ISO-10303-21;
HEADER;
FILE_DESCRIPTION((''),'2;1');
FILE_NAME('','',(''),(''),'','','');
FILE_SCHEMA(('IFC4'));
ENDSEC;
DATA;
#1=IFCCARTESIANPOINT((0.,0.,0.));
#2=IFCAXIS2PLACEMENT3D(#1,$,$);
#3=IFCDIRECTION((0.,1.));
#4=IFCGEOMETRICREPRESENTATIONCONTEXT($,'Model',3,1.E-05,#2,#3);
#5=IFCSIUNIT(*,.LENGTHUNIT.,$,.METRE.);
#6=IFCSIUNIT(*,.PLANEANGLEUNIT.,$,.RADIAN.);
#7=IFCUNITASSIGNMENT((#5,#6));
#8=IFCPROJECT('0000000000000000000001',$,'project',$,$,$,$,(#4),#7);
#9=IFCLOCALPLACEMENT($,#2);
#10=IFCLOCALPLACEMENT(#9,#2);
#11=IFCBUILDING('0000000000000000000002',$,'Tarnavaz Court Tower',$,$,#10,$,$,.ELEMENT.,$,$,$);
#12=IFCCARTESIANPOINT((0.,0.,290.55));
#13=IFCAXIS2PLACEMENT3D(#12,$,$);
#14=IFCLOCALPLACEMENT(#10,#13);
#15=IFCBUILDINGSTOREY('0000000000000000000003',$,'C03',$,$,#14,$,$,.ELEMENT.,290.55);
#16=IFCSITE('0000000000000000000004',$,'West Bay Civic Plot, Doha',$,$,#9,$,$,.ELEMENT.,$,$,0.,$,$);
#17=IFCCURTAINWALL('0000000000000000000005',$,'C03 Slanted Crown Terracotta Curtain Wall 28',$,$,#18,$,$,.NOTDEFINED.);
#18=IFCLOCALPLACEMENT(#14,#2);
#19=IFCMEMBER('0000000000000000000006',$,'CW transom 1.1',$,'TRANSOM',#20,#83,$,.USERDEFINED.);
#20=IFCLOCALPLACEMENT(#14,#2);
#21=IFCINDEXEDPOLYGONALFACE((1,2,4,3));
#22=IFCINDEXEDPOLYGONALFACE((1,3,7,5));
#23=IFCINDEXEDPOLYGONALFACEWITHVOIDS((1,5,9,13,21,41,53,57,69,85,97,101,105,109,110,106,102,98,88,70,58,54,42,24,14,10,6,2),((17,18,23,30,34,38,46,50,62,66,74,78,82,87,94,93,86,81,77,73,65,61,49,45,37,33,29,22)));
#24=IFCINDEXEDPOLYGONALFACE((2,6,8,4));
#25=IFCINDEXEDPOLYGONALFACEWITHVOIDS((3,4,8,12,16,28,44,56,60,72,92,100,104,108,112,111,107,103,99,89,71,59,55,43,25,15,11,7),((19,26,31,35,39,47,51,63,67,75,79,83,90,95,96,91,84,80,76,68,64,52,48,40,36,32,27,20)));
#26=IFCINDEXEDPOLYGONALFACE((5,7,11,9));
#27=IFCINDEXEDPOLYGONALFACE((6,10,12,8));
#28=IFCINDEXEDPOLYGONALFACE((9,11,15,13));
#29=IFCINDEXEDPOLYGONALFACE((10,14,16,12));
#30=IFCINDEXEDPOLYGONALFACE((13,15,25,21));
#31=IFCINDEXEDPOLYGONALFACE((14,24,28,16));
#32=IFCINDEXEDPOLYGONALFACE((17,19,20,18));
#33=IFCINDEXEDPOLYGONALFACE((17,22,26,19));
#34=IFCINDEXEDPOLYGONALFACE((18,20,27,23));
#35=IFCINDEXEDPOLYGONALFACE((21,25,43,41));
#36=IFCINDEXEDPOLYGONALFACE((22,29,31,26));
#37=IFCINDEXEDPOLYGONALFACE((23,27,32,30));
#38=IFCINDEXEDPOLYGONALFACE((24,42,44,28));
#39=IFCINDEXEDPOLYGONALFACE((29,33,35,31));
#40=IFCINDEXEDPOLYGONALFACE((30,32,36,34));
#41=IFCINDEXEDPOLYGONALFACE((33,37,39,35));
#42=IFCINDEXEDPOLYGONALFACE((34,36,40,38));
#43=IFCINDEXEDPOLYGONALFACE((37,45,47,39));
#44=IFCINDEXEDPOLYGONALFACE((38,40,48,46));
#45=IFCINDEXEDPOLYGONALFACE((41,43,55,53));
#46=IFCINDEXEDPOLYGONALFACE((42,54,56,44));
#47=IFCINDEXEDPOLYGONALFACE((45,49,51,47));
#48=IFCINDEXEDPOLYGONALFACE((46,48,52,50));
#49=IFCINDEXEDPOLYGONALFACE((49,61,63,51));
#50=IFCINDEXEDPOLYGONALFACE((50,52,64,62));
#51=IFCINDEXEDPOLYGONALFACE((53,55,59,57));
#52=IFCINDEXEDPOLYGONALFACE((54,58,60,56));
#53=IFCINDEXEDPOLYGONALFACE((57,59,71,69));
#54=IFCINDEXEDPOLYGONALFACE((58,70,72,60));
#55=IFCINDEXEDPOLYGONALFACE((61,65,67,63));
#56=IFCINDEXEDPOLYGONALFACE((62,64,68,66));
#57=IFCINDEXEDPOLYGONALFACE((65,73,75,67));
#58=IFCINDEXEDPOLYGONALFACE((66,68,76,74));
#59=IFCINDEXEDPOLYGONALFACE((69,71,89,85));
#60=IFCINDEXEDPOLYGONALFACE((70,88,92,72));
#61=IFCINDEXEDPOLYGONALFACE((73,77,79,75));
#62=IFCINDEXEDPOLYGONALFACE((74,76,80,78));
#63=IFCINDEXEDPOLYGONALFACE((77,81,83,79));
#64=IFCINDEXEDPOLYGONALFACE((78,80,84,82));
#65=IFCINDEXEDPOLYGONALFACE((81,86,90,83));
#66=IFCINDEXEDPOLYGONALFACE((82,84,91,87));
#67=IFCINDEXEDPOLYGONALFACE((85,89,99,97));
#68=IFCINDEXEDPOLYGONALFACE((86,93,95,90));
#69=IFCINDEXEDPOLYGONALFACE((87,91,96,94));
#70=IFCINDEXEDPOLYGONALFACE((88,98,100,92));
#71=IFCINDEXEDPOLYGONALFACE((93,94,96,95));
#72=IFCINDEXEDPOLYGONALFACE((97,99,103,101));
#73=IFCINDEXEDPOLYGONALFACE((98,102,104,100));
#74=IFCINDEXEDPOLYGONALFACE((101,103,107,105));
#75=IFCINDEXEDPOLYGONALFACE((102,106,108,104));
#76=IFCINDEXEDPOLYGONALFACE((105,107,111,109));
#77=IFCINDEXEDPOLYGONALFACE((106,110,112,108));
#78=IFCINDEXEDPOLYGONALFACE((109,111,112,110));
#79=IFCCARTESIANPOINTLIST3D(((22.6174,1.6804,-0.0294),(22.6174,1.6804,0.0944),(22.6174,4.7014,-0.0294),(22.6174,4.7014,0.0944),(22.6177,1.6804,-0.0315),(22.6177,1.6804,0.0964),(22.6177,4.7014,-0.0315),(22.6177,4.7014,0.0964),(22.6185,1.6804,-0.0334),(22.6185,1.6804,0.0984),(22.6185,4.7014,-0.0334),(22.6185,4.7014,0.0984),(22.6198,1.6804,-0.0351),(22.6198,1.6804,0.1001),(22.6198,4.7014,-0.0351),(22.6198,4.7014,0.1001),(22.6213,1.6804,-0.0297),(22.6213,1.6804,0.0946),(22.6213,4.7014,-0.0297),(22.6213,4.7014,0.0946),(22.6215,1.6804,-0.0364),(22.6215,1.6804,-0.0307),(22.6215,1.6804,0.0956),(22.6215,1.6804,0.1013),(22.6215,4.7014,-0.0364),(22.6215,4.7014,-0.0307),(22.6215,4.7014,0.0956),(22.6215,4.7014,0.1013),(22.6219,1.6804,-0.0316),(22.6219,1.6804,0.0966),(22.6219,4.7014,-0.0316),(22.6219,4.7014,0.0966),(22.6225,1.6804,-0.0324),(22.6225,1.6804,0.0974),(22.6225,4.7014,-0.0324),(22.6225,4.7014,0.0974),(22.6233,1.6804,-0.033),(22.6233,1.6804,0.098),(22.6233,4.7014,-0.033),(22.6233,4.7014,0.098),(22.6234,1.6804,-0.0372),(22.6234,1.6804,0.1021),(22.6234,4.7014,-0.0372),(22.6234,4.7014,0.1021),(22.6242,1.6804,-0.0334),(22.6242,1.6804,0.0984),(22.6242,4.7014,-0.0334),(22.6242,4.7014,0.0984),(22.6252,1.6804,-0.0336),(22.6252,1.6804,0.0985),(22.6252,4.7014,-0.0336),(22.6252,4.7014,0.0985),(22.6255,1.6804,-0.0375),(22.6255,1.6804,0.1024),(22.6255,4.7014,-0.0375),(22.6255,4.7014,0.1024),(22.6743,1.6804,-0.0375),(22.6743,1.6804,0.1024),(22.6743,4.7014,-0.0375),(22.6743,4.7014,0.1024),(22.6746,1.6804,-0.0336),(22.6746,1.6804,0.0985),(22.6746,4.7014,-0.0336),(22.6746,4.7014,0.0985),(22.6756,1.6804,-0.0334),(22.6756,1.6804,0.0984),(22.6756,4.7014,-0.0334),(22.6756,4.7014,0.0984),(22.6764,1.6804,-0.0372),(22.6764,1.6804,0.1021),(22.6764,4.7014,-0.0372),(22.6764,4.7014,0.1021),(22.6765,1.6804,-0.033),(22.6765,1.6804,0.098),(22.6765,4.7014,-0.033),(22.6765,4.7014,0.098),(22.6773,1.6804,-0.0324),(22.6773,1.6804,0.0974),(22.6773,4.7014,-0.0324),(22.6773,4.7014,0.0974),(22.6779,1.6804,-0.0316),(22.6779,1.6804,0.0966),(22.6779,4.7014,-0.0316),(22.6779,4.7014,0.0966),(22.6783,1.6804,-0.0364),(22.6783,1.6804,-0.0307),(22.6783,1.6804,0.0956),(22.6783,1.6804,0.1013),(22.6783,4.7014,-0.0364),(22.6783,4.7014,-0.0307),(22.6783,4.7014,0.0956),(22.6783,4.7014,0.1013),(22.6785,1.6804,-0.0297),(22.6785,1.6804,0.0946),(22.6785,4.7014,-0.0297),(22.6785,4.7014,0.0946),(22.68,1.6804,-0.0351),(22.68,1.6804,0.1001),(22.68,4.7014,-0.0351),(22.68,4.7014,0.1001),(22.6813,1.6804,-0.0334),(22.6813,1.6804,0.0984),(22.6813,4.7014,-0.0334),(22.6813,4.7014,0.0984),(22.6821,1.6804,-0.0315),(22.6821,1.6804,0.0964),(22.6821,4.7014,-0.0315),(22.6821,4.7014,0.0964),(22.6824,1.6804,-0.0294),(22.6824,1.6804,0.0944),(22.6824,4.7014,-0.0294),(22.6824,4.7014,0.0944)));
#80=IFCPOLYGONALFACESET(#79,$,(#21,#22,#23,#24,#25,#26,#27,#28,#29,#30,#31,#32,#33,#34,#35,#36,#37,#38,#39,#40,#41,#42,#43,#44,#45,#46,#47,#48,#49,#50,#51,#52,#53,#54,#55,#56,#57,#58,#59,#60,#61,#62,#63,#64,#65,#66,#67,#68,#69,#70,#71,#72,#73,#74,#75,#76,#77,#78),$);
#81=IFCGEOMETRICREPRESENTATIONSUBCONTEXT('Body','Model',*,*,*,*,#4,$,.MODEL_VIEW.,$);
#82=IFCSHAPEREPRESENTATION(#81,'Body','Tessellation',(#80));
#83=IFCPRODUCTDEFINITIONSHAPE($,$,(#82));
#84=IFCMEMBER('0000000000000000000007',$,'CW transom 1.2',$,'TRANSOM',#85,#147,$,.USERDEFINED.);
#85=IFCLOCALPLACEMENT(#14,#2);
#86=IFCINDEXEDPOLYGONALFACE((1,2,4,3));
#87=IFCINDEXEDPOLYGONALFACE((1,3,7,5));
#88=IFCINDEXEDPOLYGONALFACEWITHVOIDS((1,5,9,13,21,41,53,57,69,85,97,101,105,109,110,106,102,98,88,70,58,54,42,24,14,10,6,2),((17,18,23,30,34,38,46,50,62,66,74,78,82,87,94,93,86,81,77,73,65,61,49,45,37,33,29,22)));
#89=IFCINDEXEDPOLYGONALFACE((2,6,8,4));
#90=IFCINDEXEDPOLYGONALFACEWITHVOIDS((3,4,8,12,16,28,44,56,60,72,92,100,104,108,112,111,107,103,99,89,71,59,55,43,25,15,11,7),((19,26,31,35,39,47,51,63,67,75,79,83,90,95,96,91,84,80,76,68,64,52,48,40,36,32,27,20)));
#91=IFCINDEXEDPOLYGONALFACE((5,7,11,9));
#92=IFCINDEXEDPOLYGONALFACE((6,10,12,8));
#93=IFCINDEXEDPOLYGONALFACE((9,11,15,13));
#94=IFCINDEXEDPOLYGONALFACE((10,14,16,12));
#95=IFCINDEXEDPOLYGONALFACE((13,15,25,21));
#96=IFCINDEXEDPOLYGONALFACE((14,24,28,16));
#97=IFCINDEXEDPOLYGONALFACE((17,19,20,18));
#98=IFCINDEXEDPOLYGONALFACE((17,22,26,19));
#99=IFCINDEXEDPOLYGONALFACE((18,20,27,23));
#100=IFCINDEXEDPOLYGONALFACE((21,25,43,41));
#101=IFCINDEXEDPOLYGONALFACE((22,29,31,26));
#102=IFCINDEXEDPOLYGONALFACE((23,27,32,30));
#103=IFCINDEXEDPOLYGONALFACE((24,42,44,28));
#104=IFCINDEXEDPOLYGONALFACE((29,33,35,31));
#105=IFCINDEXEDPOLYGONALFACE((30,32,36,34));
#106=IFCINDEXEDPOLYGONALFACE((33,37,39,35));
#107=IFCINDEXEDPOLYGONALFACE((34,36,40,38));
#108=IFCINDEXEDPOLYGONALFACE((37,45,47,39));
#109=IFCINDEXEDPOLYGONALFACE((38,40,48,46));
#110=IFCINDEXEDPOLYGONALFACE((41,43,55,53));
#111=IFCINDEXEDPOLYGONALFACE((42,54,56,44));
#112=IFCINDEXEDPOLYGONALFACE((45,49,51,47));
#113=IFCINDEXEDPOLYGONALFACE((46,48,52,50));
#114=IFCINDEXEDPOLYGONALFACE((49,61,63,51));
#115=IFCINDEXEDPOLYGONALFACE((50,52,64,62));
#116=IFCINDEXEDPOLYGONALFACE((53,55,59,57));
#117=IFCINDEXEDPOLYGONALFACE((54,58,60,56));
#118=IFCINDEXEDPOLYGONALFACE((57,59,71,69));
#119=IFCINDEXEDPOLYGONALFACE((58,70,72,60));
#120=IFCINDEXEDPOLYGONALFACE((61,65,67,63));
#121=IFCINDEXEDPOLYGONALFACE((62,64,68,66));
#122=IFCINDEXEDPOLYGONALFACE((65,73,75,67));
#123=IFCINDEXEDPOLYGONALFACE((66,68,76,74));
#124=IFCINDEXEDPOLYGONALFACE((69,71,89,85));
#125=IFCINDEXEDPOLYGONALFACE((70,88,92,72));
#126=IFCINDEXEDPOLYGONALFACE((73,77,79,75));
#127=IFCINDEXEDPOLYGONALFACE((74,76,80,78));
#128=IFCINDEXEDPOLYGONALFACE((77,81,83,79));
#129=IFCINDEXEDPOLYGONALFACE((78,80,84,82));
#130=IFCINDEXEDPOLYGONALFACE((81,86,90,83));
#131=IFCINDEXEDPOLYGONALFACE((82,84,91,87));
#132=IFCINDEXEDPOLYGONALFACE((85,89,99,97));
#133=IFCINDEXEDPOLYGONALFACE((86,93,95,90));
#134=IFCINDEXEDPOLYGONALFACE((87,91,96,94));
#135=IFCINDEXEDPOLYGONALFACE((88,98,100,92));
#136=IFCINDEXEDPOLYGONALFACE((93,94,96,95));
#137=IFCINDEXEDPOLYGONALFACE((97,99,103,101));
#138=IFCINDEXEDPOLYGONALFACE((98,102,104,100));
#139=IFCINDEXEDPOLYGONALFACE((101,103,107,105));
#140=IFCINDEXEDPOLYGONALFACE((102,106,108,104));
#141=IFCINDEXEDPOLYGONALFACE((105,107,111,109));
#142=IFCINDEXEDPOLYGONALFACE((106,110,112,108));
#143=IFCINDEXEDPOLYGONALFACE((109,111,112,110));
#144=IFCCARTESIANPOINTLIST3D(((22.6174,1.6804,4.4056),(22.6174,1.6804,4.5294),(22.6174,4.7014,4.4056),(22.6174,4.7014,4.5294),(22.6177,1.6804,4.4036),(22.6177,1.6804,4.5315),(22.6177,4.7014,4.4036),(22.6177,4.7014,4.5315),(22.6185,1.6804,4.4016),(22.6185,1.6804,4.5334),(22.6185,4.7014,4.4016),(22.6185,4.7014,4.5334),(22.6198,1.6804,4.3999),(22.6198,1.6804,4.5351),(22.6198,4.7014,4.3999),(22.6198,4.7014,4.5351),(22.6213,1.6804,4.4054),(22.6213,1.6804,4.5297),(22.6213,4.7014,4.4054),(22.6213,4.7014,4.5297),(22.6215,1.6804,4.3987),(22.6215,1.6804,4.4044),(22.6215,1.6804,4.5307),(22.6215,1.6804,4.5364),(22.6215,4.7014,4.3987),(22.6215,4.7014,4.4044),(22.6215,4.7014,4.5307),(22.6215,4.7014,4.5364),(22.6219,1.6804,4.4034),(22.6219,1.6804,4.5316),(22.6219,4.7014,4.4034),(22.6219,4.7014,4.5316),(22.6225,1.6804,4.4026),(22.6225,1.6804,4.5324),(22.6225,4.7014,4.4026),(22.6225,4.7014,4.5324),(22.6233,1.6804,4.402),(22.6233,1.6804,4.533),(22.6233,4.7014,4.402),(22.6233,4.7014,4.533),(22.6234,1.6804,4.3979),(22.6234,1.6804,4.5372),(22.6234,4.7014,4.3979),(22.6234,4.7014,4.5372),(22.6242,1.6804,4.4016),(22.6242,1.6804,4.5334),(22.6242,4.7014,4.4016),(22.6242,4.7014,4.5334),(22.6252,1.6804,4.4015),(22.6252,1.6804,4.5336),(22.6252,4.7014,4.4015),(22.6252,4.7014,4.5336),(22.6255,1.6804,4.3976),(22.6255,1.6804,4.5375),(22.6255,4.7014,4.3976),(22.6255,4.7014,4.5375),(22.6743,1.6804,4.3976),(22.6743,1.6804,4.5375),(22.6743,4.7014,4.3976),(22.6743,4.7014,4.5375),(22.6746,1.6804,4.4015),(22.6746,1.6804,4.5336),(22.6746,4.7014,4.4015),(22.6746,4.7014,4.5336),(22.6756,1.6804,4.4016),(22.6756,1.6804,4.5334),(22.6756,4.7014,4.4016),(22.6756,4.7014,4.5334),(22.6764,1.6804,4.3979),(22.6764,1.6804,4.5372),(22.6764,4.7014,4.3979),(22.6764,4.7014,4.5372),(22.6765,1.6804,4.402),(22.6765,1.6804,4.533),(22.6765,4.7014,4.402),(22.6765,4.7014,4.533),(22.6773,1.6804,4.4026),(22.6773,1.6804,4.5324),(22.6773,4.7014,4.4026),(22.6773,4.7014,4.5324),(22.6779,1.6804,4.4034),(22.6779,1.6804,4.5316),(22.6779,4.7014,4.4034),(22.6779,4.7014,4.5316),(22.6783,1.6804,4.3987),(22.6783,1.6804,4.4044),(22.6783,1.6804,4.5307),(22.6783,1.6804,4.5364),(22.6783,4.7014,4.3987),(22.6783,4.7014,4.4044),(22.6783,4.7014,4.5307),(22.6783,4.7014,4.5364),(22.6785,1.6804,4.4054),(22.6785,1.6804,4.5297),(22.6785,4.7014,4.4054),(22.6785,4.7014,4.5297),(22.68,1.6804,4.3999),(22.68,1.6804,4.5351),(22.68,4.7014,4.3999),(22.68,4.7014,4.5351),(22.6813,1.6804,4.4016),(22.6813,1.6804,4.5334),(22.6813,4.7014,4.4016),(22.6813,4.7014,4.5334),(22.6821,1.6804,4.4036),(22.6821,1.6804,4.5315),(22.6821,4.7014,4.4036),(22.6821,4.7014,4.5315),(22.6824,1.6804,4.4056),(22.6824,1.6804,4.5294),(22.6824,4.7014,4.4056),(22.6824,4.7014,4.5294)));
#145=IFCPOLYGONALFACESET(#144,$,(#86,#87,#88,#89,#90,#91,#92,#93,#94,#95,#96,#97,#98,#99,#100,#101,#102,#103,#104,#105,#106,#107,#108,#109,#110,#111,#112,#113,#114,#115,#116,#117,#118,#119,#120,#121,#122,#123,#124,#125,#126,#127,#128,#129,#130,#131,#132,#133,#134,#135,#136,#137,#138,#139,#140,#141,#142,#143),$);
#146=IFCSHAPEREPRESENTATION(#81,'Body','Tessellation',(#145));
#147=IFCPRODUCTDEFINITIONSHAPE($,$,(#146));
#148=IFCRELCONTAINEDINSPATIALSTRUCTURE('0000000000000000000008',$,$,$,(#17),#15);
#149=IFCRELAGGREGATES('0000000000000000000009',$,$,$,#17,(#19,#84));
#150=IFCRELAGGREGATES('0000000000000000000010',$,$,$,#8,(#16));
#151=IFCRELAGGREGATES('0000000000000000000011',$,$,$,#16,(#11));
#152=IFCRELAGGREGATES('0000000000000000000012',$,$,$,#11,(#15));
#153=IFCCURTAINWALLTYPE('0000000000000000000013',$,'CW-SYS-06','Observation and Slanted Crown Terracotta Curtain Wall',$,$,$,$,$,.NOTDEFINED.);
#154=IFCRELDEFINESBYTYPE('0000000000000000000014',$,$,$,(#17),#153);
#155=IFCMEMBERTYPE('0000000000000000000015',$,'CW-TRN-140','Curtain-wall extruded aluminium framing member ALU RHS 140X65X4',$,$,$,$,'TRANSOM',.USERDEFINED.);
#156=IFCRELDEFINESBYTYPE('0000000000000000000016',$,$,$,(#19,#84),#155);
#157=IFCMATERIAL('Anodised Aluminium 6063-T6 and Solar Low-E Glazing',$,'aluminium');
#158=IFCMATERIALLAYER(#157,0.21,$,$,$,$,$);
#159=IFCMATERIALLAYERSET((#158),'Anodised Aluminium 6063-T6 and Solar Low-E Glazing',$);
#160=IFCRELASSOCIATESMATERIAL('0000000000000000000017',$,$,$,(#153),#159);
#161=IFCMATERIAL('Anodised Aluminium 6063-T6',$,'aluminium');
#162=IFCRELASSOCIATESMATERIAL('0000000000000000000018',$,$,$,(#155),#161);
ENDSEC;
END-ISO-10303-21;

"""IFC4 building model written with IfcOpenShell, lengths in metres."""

from ifc_helpers import new_model, si_unit, direction, frame, origin, origin_2d, place, context, subcontext, project, spatial, hollow_rectangle, extrude, material, layer, layer_set, material_profile, profile_set, type_object, element, aggregate, save


model = new_model("IFC4")

# Units and contexts
model_context = context("Model", 3, precision=1e-05, world=origin(), true_north=direction((0.0, 1.0)))
body_context = subcontext(model_context, "Body", "Model", "MODEL_VIEW")
ifc_project = project(units=[si_unit("LENGTHUNIT", "METRE"), si_unit("PLANEANGLEUNIT", "RADIAN")], contexts=[model_context])

# Site, building, storey
site_placement = place(None, origin())
site = spatial("IfcSite", under=ifc_project, at=site_placement, Name="West Bay Civic Plot, Doha", CompositionType="ELEMENT", RefElevation=0.0)
building_placement = place(site_placement, origin())
building = spatial("IfcBuilding", under=site, at=building_placement, Name="Tarnavaz Court Tower", CompositionType="ELEMENT")
storey_placement = place(building_placement, frame((0.0, 0.0, 290.55)))
storey = spatial("IfcBuildingStorey", under=building, at=storey_placement, Name="C03", CompositionType="ELEMENT", Elevation=290.55)

# Shared definitions
ifc_material_1 = material(Name="Anodised Aluminium 6063-T6 and Solar Low-E Glazing", Category="aluminium")
ifc_layer_1 = layer(ifc_material_1, 0.21)
ifc_layer_set_1 = layer_set([ifc_layer_1], Name="Anodised Aluminium 6063-T6 and Solar Low-E Glazing")
curtain_wall_type = type_object("IfcCurtainWallType", Name="CW-SYS-06", Description="Observation and Slanted Crown Terracotta Curtain Wall", PredefinedType="NOTDEFINED", material=ifc_layer_set_1)
ifc_material_2 = material(Name="Anodised Aluminium 6063-T6", Category="aluminium")

# Curtain wall
curtain_wall_1_placement = place(storey_placement, origin())
curtain_wall_1 = element("IfcCurtainWall", 1, at=curtain_wall_1_placement, inside=storey, type_object=curtain_wall_type, Name="C03 Slanted Crown Terracotta Curtain Wall 28", PredefinedType="NOTDEFINED")

# Members
ifc_material_profile_1 = material_profile(ifc_material_2, hollow_rectangle(XDim=0.0649, YDim=0.1399, WallThickness=0.0039, InnerFilletRadius=0.0039, OuterFilletRadius=0.0081, at=origin_2d()), Name="ALU RHS 140X65X4")
ifc_profile_set_1 = profile_set([ifc_material_profile_1], Name="Anodised Aluminium 6063-T6")
member_type_1 = type_object("IfcMemberType", Name="CW-TRN-140", Description="Curtain-wall extruded aluminium framing member ALU RHS 140X65X4", ElementType="TRANSOM", PredefinedType="USERDEFINED", material=ifc_profile_set_1)
member_1_placement = place(storey_placement, frame((22.6499, 4.7014, 0.0325), z_axis=(0.0, -1.0, 0.0), x_axis=(1.0, 0.0, 0.0)))
member_1 = element("IfcMember", 2, at=member_1_placement, type_object=member_type_1, Name="CW transom 1.1", ObjectType="TRANSOM", PredefinedType="USERDEFINED", context=body_context, shape_type="SweptSolid", body=[
    extrude(hollow_rectangle(XDim=0.0649, YDim=0.1399, WallThickness=0.0039, InnerFilletRadius=0.0039, OuterFilletRadius=0.0081, at=origin_2d()), origin(), (0.0, 0.0, 1.0), 3.021),
])
member_2_placement = place(storey_placement, frame((22.6499, 4.7014, 4.4675), z_axis=(0.0, -1.0, 0.0), x_axis=(1.0, 0.0, 0.0)))
member_2 = element("IfcMember", 3, at=member_2_placement, type_object=member_type_1, Name="CW transom 1.2", ObjectType="TRANSOM", PredefinedType="USERDEFINED", context=body_context, shape_type="SweptSolid", body=[
    extrude(hollow_rectangle(XDim=0.0649, YDim=0.1399, WallThickness=0.0039, InnerFilletRadius=0.0039, OuterFilletRadius=0.0081, at=origin_2d()), origin(), (0.0, 0.0, 1.0), 3.021),
])

aggregate(curtain_wall_1, [member_1, member_2])

save(model, "model.ifc")
